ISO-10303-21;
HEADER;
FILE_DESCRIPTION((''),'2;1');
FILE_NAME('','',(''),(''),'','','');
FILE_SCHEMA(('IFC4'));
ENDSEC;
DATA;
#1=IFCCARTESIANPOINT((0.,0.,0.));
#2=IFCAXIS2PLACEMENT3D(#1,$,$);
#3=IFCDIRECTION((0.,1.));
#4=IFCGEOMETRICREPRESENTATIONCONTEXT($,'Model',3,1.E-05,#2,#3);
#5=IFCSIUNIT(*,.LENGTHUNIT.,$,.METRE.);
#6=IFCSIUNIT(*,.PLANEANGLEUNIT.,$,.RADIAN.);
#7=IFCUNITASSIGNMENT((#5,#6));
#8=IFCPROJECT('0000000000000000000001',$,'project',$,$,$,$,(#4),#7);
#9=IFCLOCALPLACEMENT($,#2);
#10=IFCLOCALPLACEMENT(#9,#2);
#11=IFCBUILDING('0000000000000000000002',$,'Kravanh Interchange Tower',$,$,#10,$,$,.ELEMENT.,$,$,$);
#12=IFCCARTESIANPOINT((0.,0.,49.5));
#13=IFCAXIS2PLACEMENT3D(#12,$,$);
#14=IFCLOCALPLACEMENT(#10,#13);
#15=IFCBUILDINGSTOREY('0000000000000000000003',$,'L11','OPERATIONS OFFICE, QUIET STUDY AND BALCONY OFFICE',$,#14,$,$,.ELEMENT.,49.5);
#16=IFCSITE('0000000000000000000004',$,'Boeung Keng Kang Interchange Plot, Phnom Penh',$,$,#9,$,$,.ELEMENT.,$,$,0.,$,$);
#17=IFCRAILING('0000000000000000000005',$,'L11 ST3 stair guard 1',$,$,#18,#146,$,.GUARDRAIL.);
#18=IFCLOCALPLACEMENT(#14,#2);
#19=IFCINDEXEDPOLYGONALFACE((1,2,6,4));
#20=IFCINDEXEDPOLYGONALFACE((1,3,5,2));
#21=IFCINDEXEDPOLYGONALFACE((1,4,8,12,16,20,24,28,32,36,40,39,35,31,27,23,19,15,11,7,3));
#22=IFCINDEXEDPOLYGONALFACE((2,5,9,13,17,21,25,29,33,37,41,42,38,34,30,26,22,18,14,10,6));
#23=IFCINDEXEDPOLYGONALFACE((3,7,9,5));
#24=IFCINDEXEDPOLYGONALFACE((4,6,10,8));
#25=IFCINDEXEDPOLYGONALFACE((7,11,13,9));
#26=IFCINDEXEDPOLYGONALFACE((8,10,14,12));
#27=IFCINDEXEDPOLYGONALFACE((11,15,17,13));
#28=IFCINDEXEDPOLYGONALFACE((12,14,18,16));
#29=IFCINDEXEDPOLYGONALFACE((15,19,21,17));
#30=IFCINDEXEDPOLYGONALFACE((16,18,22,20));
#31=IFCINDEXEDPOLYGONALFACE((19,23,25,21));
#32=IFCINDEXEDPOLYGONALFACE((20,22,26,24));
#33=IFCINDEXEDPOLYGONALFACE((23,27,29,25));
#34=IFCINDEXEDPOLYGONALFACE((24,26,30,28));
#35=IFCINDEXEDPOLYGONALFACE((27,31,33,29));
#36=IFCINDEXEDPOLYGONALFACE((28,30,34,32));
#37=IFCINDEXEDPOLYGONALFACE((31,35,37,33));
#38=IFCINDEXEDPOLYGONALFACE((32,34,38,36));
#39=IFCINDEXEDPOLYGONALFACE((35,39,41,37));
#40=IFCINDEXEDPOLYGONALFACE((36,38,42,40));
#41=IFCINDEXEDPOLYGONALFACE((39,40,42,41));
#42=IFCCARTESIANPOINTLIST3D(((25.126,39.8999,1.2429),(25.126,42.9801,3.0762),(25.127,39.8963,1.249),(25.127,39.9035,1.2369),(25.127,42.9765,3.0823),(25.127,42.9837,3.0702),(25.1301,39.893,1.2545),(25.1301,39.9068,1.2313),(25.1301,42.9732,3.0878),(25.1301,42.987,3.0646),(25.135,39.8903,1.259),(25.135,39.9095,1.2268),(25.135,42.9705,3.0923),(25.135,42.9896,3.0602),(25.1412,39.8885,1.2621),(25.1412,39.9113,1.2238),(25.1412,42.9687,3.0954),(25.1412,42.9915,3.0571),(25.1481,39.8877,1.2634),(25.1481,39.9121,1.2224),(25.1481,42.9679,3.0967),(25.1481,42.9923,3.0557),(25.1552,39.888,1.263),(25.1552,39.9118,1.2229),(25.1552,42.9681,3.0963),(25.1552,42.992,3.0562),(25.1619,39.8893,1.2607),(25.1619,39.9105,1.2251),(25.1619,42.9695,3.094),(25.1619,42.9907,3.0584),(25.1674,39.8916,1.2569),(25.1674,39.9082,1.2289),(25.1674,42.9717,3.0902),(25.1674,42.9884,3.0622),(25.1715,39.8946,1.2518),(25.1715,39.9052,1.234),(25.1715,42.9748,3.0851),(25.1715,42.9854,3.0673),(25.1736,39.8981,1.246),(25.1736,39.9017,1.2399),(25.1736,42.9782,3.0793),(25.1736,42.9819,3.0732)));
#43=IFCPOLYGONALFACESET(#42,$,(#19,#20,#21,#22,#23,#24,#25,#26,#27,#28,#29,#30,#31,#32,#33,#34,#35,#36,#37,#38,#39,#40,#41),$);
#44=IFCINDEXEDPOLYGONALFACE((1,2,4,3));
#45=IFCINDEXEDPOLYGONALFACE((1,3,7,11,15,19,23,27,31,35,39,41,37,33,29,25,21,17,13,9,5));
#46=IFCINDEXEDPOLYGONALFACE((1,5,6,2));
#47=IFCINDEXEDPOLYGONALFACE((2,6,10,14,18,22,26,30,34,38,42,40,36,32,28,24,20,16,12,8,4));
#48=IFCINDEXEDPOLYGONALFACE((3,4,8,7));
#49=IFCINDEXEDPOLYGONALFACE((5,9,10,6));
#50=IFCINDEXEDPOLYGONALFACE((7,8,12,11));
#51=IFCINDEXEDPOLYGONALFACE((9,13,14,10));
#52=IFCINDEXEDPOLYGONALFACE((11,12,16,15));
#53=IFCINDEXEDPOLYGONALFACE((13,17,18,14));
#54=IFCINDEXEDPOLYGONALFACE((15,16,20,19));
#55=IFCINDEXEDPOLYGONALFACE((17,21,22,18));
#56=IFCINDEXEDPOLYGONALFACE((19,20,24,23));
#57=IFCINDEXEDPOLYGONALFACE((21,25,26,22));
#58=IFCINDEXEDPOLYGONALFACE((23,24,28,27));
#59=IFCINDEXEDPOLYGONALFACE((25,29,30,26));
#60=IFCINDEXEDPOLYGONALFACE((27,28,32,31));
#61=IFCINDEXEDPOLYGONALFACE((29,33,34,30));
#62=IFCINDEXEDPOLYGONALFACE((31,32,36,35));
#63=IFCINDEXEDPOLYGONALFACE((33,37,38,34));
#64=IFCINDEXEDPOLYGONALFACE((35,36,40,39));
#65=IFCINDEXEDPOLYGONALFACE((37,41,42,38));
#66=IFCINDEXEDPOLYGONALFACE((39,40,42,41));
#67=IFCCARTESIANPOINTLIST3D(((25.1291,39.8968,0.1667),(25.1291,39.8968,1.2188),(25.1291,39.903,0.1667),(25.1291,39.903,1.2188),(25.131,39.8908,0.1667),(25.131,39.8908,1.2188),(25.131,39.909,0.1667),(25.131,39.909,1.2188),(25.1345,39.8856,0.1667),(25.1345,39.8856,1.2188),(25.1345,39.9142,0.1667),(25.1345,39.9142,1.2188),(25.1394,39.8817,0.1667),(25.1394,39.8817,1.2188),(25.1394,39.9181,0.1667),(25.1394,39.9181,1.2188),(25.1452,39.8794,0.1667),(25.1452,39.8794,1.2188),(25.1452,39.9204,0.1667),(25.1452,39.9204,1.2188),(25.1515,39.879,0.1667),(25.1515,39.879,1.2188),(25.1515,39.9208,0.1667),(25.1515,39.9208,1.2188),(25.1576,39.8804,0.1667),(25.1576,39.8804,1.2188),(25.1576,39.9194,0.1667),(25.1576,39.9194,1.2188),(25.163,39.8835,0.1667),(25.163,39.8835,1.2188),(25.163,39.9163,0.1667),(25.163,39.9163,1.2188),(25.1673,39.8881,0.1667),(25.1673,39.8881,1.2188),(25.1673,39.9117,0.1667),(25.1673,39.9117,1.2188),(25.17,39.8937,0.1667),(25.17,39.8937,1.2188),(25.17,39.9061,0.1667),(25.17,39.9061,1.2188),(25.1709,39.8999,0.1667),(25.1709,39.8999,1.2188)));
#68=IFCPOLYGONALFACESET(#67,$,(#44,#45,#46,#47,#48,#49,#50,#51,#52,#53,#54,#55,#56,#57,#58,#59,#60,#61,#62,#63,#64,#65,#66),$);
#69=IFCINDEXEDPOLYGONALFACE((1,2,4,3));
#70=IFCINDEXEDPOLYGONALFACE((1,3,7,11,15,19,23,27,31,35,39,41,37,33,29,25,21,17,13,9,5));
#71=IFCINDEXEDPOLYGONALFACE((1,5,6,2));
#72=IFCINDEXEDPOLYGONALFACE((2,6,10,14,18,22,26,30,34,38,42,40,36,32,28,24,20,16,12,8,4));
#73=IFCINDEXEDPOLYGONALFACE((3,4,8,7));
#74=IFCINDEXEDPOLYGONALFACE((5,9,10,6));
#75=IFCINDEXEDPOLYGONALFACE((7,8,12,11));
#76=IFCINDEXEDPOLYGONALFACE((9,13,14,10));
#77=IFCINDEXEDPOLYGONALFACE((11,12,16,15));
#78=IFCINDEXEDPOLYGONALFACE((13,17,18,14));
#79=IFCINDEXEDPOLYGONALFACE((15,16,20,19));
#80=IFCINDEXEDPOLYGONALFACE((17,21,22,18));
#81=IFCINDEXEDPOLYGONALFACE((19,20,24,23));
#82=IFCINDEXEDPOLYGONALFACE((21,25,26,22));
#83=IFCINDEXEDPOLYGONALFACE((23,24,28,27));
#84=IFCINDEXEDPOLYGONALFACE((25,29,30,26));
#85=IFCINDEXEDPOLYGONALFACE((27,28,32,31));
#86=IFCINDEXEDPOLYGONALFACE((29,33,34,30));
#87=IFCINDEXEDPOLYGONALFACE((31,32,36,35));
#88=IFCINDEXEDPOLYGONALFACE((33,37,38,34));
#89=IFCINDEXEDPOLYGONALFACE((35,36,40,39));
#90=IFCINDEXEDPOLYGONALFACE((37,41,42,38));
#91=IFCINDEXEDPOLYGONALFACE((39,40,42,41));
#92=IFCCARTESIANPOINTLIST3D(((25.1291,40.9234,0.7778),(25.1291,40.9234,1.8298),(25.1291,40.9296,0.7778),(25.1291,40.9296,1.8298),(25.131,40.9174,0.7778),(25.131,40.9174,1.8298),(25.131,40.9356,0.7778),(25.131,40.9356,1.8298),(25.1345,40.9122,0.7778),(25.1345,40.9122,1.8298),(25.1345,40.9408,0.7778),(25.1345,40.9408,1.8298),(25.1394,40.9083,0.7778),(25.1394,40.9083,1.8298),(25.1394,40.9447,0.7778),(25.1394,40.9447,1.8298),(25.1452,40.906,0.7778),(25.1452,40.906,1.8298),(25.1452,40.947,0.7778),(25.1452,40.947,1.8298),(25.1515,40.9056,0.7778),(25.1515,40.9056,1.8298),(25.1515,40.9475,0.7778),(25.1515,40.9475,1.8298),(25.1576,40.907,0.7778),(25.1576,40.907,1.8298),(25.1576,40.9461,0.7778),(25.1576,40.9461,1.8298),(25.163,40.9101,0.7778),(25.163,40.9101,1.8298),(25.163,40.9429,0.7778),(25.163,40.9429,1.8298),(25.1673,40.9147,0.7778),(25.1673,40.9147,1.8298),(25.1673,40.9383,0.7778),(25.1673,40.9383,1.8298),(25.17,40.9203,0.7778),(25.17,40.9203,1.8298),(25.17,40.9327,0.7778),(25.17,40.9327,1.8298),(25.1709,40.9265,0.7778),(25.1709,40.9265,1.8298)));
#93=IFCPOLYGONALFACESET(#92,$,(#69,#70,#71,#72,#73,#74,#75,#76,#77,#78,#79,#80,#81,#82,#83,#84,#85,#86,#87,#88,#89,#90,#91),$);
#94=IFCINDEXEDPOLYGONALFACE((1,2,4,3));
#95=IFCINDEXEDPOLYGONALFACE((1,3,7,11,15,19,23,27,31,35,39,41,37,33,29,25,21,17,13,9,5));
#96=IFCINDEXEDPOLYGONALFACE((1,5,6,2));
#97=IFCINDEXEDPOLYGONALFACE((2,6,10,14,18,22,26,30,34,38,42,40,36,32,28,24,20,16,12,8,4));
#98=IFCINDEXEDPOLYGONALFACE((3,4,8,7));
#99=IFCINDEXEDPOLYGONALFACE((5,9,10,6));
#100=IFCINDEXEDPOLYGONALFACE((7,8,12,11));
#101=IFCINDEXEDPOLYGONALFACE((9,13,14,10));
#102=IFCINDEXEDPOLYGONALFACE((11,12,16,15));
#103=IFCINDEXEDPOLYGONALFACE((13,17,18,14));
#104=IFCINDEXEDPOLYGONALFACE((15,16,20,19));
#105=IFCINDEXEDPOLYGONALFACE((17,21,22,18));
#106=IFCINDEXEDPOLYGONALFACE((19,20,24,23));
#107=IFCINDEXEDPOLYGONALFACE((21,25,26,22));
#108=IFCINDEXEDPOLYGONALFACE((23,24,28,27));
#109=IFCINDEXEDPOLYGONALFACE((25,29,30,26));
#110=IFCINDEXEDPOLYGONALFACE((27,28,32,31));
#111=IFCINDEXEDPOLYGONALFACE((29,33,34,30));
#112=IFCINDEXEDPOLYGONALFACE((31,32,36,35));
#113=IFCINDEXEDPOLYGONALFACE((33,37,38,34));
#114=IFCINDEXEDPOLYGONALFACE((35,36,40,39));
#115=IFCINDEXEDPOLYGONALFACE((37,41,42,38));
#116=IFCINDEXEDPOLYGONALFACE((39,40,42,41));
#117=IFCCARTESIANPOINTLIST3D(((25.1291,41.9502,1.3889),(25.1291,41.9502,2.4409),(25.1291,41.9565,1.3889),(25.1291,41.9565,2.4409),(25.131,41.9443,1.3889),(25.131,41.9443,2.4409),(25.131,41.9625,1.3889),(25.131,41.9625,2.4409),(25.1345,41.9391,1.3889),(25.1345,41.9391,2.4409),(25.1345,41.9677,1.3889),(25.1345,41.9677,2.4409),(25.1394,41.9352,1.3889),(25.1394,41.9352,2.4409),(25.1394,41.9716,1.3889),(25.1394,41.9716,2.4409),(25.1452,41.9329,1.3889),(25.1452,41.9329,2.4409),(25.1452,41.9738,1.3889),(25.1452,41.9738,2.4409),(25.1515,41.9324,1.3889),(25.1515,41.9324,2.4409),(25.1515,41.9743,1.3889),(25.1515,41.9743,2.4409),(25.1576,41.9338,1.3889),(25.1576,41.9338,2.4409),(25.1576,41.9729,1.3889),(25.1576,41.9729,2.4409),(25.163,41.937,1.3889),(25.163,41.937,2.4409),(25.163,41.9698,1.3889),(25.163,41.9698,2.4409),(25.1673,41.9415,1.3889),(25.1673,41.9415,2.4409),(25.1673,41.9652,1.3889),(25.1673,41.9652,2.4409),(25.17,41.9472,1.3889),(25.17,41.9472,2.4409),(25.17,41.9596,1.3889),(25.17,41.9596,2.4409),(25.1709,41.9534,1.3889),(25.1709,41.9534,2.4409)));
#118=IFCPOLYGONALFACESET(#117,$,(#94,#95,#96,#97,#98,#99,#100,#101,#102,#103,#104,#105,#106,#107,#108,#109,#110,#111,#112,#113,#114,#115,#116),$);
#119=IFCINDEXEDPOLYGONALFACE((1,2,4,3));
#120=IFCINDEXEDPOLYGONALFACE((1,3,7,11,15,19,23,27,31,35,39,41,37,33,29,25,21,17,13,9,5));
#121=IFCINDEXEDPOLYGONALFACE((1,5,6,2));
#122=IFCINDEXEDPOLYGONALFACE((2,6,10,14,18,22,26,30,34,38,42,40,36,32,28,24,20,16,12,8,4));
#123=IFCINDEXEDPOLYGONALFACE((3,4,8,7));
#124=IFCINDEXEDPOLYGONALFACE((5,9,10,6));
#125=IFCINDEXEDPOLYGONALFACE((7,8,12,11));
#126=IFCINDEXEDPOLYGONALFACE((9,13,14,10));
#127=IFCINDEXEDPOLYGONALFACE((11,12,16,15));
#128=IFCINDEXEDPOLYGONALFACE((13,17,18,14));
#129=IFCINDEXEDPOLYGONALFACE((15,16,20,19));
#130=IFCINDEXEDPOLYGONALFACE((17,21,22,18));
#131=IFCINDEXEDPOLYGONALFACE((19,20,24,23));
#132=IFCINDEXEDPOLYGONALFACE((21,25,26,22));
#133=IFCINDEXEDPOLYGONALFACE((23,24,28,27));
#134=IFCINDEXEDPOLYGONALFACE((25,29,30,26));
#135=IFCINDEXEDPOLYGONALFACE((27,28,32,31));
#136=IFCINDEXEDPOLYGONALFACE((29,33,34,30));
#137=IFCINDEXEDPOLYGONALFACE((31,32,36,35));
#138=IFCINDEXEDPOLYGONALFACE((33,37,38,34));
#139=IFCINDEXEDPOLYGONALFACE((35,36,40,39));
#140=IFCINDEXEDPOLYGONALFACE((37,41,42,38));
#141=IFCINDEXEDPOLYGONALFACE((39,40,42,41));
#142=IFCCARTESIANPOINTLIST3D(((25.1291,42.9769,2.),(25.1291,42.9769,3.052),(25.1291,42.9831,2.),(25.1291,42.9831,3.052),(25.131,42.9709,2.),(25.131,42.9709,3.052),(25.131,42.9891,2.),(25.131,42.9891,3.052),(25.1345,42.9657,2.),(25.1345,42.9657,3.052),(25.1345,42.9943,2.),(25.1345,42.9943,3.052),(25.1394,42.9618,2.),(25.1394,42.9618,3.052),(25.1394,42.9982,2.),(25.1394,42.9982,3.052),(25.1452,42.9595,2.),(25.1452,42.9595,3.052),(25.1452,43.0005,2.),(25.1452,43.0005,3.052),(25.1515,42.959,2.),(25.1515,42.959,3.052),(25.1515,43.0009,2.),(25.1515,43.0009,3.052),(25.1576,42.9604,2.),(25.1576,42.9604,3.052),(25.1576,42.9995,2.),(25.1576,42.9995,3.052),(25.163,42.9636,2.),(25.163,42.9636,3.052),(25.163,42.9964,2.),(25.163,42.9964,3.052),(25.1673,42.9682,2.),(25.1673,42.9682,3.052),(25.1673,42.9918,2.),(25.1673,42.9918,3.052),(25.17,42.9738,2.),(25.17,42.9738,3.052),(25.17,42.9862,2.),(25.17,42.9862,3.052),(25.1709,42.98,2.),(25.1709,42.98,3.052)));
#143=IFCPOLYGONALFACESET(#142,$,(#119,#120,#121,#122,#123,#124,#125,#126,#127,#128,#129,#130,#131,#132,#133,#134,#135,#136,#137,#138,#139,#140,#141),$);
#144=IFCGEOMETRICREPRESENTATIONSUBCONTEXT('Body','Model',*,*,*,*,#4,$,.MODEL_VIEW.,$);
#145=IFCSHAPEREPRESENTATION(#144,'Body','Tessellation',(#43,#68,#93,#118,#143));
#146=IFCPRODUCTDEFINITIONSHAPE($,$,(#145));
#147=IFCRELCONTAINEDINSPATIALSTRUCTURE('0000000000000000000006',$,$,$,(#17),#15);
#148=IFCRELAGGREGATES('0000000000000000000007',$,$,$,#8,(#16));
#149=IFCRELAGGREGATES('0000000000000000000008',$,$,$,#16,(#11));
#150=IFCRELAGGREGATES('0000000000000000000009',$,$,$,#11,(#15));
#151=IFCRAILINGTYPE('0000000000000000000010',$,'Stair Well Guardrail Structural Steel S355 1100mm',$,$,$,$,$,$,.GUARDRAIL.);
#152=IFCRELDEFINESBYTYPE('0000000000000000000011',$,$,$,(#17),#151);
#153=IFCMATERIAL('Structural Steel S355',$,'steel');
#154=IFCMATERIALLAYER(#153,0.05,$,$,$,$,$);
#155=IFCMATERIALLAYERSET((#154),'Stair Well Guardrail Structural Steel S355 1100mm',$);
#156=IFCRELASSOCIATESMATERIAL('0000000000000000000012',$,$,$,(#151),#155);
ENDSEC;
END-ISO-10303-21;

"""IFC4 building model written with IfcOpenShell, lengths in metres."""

from ifc_helpers import new_model, si_unit, direction, frame, origin, origin_2d, place, context, subcontext, project, spatial, circle, extrude, material, layer, layer_set, type_object, element, save


model = new_model("IFC4")

# Units and contexts
model_context = context("Model", 3, precision=1e-05, world=origin(), true_north=direction((0.0, 1.0)))
body_context = subcontext(model_context, "Body", "Model", "MODEL_VIEW")
ifc_project = project(units=[si_unit("LENGTHUNIT", "METRE"), si_unit("PLANEANGLEUNIT", "RADIAN")], contexts=[model_context])

# Site, building, storey
site_placement = place(None, origin())
site = spatial("IfcSite", under=ifc_project, at=site_placement, Name="Boeung Keng Kang Interchange Plot, Phnom Penh", CompositionType="ELEMENT", RefElevation=0.0)
building_placement = place(site_placement, origin())
building = spatial("IfcBuilding", under=site, at=building_placement, Name="Kravanh Interchange Tower", CompositionType="ELEMENT")
storey_placement = place(building_placement, frame((0.0, 0.0, 49.5)))
storey = spatial("IfcBuildingStorey", under=building, at=storey_placement, Name="L11", Description="OPERATIONS OFFICE, QUIET STUDY AND BALCONY OFFICE", CompositionType="ELEMENT", Elevation=49.5)

# Railing
ifc_material_1 = material(Name="Structural Steel S355", Category="steel")
ifc_layer_1 = layer(ifc_material_1, 0.05)
ifc_layer_set_1 = layer_set([ifc_layer_1], Name="Stair Well Guardrail Structural Steel S355 1100mm")
railing_type_1 = type_object("IfcRailingType", Name="Stair Well Guardrail Structural Steel S355 1100mm", PredefinedType="GUARDRAIL", material=ifc_layer_set_1)
railing_1_placement = place(storey_placement, frame((25.1499, 39.8999, 0.1667)))
element("IfcRailing", 1, at=railing_1_placement, inside=storey, type_object=railing_type_1, Name="L11 ST3 stair guard 1", PredefinedType="GUARDRAIL", context=body_context, shape_type="SweptSolid", body=[
    extrude(circle(Radius=0.0239, at=origin_2d()), frame((0.0, 0.0, 1.0762), z_axis=(0.0, 0.859309, 0.511458), x_axis=(-1.0, 0.0, 0.0)), (0.0, 0.0, 1.0), 3.5845),
    extrude(circle(Radius=0.021, at=origin_2d()), origin(), (0.0, 0.0, 1.0), 1.052),
    extrude(circle(Radius=0.021, at=origin_2d()), frame((0.0, 1.0266, 0.6111)), (0.0, 0.0, 1.0), 1.052),
    extrude(circle(Radius=0.021, at=origin_2d()), frame((0.0, 2.0535, 1.2222)), (0.0, 0.0, 1.0), 1.052),
    extrude(circle(Radius=0.021, at=origin_2d()), frame((0.0, 3.0801, 1.8333)), (0.0, 0.0, 1.0), 1.052),
])

save(model, "model.ifc")
